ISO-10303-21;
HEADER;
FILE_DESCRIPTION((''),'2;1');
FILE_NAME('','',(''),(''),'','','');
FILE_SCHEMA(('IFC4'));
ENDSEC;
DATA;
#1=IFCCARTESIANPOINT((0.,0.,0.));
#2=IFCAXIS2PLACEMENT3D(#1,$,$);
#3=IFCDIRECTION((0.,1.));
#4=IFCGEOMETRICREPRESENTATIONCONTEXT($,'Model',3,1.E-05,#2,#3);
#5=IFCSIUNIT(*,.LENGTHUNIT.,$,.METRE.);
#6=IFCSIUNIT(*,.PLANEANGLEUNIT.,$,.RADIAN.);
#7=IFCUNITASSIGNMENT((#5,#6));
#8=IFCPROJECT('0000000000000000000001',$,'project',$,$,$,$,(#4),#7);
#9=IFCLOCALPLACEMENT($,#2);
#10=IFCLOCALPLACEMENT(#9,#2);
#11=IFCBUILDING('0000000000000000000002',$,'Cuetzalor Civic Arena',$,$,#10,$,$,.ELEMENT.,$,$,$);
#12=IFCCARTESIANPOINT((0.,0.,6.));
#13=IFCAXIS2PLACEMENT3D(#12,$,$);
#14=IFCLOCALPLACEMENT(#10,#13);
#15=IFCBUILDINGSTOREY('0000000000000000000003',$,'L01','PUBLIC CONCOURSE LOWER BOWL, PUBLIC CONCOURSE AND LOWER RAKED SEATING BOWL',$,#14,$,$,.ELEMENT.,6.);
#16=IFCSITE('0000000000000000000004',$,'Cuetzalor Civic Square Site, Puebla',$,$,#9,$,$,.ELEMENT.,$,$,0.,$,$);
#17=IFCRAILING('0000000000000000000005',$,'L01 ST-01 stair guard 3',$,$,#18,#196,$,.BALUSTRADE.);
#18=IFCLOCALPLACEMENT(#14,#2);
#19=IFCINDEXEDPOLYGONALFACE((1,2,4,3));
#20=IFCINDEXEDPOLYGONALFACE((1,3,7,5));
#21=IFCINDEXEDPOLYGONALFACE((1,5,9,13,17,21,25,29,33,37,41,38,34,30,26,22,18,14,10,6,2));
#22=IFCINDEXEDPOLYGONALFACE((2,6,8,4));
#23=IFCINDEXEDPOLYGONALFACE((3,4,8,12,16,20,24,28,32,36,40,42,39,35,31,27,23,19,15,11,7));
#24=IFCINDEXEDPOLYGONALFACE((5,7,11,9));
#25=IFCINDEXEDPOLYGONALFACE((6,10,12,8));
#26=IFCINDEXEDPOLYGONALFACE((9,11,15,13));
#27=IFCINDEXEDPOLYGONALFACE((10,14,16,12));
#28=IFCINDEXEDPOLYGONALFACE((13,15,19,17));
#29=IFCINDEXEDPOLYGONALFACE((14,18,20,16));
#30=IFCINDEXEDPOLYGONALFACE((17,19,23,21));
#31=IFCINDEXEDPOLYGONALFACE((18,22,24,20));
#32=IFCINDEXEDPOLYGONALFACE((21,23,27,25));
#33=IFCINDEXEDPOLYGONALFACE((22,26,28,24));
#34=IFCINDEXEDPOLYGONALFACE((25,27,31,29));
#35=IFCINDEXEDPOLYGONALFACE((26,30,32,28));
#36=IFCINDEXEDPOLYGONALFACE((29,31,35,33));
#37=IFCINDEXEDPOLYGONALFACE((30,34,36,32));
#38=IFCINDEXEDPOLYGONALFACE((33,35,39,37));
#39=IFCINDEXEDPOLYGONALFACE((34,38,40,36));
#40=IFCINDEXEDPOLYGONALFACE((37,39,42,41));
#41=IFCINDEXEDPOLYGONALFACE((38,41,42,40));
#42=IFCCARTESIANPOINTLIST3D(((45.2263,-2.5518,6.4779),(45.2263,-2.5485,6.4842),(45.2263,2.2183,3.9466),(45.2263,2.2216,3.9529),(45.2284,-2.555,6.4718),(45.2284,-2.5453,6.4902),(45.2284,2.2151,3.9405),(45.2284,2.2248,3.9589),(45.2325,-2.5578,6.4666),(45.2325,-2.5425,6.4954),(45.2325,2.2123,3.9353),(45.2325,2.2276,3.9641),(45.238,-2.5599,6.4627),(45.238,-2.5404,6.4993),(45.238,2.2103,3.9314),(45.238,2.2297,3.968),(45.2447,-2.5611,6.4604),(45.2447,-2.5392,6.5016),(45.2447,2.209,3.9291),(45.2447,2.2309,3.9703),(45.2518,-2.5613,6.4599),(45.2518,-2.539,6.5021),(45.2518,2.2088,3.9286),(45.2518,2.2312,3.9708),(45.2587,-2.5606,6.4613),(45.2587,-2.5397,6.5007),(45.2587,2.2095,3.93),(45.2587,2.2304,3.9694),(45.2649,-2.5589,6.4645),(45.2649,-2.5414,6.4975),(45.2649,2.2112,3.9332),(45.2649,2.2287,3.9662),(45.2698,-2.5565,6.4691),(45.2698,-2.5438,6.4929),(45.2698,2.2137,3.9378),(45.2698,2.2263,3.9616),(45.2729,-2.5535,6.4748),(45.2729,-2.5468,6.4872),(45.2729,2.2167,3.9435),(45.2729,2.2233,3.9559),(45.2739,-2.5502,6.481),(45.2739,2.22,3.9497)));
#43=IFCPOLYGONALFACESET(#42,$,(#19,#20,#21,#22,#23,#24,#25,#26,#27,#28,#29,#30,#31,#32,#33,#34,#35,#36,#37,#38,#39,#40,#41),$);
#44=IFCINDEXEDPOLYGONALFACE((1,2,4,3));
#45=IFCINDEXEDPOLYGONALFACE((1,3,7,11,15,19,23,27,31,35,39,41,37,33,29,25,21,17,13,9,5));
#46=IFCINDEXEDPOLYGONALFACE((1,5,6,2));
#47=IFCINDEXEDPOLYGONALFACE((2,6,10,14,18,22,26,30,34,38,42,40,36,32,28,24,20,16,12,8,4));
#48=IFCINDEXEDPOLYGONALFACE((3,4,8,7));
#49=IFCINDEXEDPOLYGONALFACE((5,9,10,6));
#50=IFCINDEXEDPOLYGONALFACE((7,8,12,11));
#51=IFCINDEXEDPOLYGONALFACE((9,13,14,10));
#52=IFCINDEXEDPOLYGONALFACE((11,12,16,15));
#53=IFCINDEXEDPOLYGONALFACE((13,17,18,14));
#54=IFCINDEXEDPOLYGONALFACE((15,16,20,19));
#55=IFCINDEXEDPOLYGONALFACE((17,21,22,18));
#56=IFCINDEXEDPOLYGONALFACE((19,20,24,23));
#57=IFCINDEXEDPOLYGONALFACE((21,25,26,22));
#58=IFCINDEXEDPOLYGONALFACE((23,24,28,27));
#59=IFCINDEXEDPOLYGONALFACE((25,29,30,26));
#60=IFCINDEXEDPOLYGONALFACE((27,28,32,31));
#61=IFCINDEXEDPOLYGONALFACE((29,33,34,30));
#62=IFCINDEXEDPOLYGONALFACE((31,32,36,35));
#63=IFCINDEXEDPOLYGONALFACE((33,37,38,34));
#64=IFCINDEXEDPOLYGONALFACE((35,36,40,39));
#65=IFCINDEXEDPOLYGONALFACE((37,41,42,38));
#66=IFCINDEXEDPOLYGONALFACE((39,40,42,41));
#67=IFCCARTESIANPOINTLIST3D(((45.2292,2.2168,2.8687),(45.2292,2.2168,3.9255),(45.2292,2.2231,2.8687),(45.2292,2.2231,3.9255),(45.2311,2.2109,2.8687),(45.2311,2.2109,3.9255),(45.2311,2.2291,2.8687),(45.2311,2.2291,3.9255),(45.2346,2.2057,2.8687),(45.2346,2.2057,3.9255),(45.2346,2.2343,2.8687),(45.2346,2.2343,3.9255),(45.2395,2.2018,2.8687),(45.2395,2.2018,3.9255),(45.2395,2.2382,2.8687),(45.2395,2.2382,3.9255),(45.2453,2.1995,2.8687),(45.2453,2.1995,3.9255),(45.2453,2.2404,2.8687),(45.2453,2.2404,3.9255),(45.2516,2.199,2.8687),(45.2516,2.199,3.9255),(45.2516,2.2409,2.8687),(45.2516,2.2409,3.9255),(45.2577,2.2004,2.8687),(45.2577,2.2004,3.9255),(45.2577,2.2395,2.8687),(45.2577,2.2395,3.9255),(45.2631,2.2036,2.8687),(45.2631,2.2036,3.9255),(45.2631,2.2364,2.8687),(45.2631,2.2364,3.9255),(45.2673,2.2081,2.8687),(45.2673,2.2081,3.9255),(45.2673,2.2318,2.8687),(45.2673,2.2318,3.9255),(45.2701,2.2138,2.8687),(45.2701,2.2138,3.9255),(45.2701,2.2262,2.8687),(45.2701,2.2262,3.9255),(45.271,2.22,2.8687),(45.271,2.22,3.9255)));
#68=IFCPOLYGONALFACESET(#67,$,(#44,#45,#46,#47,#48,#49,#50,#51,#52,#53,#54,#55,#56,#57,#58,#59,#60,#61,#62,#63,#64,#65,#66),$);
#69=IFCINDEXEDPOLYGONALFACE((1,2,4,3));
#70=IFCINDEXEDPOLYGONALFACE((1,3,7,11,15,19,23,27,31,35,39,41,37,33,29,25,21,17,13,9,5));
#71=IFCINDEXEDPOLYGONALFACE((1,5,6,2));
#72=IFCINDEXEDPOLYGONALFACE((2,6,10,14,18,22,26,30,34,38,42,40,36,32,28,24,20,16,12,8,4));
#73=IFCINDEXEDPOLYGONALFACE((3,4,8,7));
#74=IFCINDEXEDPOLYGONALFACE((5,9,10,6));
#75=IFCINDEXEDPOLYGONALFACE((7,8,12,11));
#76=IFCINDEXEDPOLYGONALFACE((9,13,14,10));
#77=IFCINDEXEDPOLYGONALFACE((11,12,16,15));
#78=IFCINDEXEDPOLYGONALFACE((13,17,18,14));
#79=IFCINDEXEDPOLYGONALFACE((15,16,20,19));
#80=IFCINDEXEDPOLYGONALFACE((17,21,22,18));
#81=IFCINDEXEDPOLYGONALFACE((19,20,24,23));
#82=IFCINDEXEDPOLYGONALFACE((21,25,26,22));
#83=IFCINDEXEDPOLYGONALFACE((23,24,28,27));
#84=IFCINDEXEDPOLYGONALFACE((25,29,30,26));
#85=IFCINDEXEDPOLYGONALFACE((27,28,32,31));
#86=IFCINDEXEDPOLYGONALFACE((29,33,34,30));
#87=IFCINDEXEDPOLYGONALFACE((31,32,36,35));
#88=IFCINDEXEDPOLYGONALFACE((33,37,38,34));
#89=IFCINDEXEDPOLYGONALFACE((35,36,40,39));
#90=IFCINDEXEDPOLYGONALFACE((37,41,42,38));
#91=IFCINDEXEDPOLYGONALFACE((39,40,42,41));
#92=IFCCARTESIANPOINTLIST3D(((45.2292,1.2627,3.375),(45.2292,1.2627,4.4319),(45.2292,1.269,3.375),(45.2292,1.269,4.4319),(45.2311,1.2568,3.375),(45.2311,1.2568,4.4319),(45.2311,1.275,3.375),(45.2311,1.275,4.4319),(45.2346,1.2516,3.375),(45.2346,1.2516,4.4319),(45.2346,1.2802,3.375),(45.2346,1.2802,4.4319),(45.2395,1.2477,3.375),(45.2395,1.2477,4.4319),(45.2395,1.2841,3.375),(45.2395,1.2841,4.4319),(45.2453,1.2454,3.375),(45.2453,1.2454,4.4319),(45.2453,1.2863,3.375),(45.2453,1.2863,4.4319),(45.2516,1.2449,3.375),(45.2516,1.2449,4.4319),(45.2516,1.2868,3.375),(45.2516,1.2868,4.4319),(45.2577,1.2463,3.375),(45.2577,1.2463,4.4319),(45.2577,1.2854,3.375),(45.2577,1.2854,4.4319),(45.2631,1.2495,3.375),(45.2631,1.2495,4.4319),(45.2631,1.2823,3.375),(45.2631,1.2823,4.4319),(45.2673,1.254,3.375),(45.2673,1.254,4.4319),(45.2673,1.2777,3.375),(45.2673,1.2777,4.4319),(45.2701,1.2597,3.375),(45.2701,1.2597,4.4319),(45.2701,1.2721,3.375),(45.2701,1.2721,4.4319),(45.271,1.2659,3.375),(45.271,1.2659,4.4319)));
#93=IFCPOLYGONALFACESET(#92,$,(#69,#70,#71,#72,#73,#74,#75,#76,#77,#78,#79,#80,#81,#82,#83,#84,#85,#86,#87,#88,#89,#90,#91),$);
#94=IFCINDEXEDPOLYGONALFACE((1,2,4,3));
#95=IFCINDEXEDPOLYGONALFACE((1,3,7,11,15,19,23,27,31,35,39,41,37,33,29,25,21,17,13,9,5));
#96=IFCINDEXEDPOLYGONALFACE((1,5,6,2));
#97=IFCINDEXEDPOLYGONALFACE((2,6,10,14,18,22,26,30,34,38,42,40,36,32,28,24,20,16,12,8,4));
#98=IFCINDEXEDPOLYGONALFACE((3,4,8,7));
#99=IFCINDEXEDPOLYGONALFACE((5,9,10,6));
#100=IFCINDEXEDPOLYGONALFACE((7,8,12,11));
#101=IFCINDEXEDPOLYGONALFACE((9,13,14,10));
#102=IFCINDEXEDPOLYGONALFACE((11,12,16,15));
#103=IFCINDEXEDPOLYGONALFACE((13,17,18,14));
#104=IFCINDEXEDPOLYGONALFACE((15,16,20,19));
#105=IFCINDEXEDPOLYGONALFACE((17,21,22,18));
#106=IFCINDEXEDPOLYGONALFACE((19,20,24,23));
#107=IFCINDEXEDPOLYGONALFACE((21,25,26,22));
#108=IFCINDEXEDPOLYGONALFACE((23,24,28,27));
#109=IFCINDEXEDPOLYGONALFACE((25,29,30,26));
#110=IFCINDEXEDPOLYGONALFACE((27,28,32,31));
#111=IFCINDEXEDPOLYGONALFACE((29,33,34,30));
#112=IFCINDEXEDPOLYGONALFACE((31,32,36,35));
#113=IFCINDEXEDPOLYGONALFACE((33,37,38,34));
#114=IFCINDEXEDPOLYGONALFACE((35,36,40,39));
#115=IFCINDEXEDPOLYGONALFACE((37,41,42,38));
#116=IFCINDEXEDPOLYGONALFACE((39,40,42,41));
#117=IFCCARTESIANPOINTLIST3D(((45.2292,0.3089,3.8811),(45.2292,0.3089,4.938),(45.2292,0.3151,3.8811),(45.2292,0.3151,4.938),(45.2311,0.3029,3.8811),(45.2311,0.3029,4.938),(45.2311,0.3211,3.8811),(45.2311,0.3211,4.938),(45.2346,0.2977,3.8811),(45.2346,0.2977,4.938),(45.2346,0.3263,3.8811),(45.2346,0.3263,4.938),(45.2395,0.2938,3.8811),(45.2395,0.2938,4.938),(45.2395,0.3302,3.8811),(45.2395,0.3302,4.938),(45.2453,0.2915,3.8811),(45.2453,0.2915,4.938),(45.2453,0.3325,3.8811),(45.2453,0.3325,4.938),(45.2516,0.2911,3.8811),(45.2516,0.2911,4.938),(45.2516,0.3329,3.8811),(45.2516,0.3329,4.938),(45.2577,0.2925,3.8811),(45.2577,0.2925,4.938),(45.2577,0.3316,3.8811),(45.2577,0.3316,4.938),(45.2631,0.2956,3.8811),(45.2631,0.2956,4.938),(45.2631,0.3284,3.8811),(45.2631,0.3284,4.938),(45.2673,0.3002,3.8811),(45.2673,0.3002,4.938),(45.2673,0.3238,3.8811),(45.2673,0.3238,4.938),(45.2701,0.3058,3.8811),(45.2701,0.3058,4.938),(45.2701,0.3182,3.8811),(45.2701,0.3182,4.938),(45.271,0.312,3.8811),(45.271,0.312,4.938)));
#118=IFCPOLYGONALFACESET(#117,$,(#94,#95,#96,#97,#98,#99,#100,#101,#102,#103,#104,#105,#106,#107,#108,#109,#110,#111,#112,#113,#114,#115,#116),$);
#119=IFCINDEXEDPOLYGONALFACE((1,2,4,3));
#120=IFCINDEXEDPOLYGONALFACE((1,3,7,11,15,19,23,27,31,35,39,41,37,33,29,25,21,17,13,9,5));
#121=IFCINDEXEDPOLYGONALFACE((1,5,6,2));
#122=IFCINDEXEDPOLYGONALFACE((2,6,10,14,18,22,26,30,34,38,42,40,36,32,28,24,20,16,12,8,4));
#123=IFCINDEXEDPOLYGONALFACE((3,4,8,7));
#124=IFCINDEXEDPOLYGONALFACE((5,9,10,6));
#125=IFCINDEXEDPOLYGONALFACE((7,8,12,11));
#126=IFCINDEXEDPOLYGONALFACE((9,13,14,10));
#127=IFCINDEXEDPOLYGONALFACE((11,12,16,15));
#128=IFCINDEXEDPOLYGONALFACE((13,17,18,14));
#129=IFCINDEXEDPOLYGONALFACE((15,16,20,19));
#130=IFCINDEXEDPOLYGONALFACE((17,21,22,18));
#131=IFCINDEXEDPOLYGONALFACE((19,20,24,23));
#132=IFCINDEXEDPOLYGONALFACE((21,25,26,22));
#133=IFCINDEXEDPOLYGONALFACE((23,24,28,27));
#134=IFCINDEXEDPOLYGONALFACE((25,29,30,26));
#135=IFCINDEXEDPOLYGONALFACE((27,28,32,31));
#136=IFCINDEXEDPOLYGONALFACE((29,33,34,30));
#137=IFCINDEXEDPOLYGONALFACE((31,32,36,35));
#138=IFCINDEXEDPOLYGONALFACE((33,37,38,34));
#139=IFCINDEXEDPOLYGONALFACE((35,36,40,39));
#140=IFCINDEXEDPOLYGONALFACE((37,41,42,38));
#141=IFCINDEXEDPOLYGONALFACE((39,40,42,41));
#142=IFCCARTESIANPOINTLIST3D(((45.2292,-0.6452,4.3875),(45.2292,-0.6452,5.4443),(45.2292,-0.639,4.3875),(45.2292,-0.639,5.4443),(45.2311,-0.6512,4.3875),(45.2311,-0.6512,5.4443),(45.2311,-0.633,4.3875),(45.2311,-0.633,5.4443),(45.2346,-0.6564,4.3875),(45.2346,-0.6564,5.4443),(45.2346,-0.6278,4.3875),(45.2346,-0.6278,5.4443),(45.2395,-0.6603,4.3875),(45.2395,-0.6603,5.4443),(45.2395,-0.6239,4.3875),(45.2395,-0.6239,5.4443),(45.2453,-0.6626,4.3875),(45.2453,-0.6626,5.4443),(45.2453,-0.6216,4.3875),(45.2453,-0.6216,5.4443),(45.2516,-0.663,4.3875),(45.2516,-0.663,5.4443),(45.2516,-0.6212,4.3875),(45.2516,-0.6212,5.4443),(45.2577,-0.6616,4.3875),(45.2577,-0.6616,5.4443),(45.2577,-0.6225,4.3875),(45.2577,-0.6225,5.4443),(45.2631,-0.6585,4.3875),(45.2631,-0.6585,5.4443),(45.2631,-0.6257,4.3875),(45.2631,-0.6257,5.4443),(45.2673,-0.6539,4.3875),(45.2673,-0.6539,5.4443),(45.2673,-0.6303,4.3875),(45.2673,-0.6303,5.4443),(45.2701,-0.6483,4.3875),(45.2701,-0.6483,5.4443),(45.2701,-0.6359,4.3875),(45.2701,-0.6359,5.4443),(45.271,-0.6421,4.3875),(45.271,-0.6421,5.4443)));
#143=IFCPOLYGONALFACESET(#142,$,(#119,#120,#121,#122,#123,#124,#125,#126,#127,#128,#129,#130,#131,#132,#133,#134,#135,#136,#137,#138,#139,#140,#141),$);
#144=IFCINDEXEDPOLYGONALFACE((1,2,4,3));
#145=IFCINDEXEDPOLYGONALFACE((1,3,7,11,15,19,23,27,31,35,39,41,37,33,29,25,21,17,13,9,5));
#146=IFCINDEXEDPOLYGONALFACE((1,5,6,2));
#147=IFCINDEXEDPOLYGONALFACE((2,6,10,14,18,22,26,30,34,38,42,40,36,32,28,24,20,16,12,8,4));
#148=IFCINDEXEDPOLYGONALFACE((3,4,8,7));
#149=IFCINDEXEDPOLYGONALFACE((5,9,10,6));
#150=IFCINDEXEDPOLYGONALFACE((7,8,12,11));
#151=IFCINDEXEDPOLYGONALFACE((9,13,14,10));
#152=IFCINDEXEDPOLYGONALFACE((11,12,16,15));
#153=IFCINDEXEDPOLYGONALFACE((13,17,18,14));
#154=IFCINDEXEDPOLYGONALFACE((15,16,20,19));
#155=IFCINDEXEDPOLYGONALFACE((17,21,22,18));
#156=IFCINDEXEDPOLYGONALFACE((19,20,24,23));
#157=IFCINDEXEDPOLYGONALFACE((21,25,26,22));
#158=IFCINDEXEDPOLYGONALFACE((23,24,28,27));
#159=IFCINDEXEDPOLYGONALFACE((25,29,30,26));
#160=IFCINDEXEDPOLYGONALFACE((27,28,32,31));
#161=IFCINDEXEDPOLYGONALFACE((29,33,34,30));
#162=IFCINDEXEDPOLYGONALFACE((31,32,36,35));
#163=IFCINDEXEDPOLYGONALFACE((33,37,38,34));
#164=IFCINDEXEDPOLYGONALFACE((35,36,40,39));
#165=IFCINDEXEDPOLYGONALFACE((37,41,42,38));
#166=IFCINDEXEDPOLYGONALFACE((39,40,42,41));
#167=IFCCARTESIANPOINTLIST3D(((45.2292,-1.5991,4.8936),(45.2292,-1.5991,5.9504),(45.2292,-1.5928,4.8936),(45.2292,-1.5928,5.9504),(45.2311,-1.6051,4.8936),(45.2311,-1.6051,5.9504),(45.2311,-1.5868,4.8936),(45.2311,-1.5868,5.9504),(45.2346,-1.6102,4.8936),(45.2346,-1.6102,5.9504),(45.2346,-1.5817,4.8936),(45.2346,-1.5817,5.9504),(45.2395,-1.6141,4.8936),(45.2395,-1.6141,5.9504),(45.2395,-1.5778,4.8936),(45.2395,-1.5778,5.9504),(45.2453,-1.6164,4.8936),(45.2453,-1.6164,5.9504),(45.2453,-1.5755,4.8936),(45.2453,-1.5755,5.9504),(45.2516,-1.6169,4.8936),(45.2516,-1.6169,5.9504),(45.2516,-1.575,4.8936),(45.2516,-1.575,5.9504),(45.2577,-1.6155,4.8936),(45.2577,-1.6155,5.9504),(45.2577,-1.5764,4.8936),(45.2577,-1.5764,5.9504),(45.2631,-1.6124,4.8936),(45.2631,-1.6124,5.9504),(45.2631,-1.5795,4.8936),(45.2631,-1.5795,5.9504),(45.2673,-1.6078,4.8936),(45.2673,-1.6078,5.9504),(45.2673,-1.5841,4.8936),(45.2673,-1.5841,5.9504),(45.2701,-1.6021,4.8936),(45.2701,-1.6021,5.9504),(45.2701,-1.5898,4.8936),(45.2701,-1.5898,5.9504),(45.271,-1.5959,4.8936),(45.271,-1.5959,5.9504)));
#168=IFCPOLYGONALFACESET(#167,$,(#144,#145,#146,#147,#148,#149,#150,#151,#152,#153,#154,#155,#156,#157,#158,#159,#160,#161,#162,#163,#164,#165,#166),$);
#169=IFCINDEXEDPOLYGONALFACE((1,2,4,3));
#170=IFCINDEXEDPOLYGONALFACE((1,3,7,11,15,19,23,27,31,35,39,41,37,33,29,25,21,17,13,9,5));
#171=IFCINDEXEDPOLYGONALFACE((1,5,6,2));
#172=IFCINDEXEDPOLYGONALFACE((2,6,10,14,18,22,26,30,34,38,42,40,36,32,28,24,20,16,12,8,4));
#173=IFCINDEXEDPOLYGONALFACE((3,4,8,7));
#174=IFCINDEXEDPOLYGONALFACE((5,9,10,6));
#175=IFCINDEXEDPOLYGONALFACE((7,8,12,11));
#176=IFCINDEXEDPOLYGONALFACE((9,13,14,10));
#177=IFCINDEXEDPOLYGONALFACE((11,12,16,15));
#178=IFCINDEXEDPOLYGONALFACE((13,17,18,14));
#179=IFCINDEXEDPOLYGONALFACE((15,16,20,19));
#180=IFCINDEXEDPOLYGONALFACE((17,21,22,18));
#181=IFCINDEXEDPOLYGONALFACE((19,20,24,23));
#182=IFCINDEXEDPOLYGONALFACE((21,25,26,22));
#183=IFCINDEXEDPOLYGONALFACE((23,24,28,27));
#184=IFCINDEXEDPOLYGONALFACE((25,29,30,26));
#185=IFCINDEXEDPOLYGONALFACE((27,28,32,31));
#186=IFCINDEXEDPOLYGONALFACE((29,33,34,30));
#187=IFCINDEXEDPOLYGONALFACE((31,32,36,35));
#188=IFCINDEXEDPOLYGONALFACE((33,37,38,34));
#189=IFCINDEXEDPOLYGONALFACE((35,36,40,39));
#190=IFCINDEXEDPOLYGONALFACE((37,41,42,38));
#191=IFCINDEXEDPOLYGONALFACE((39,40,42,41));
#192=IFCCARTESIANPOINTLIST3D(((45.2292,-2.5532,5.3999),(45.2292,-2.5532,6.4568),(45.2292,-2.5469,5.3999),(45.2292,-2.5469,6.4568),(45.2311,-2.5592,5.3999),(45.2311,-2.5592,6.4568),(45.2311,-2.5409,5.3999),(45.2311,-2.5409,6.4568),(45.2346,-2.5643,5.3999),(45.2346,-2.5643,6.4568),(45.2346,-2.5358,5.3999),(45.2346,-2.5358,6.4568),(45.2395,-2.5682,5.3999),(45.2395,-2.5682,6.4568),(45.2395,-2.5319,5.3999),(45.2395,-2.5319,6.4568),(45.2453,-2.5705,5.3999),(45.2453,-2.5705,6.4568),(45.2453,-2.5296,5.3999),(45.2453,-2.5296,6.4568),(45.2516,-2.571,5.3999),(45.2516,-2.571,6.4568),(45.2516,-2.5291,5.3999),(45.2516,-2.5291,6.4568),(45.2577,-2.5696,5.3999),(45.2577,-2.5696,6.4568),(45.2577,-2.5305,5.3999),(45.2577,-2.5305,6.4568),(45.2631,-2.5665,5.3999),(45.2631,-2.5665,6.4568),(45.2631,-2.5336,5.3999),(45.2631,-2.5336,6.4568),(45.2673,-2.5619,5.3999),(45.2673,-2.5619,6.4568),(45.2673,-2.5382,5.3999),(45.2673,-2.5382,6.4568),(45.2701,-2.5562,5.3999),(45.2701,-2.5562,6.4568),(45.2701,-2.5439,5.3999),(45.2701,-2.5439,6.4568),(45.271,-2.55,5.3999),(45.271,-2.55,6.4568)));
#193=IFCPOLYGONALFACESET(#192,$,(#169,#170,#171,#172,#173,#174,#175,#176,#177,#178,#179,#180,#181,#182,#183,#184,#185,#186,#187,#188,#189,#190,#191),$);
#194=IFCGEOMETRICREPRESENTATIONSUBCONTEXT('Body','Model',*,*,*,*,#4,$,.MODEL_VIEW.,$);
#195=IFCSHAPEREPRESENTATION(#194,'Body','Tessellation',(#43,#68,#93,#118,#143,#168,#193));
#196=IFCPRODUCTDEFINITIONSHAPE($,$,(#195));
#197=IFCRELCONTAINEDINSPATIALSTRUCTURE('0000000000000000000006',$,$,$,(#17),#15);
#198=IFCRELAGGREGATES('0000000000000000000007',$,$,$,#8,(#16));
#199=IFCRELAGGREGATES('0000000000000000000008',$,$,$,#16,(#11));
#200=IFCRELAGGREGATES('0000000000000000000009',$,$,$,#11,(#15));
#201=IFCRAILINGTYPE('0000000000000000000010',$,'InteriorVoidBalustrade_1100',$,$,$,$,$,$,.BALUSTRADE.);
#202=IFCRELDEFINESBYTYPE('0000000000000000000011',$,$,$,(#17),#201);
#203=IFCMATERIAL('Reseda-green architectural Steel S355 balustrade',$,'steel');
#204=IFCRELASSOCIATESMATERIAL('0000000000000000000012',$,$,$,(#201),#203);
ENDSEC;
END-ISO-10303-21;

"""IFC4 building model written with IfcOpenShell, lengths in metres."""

from ifc_helpers import new_model, si_unit, direction, frame, origin, origin_2d, place, context, subcontext, project, spatial, circle, extrude, material, type_object, element, save


model = new_model("IFC4")

# Units and contexts
model_context = context("Model", 3, precision=1e-05, world=origin(), true_north=direction((0.0, 1.0)))
body_context = subcontext(model_context, "Body", "Model", "MODEL_VIEW")
ifc_project = project(units=[si_unit("LENGTHUNIT", "METRE"), si_unit("PLANEANGLEUNIT", "RADIAN")], contexts=[model_context])

# Site, building, storey
site_placement = place(None, origin())
site = spatial("IfcSite", under=ifc_project, at=site_placement, Name="Cuetzalor Civic Square Site, Puebla", CompositionType="ELEMENT", RefElevation=0.0)
building_placement = place(site_placement, origin())
building = spatial("IfcBuilding", under=site, at=building_placement, Name="Cuetzalor Civic Arena", CompositionType="ELEMENT")
storey_placement = place(building_placement, frame((0.0, 0.0, 6.0)))
storey = spatial("IfcBuildingStorey", under=building, at=storey_placement, Name="L01", Description="PUBLIC CONCOURSE LOWER BOWL, PUBLIC CONCOURSE AND LOWER RAKED SEATING BOWL", CompositionType="ELEMENT", Elevation=6.0)

# Railing
ifc_material_1 = material(Name="Reseda-green architectural Steel S355 balustrade", Category="steel")
railing_type_1 = type_object("IfcRailingType", Name="InteriorVoidBalustrade_1100", PredefinedType="BALUSTRADE", material=ifc_material_1)
railing_1_placement = place(storey_placement, frame((45.25, 2.22, 2.8687)))
element("IfcRailing", 1, at=railing_1_placement, inside=storey, type_object=railing_type_1, Name="L01 ST-01 stair guard 3", PredefinedType="BALUSTRADE", context=body_context, shape_type="SweptSolid", body=[
    extrude(circle(Radius=0.0239, at=origin_2d()), frame((0.0, 0.0, 1.0811), z_axis=(0.0, -0.883332, 0.468747), x_axis=(1.0, 0.0, 0.0)), (0.0, 0.0, 1.0), 5.4001),
    extrude(circle(Radius=0.021, at=origin_2d()), origin(), (0.0, 0.0, 1.0), 1.0569),
    extrude(circle(Radius=0.021, at=origin_2d()), frame((0.0, -0.9541, 0.5063)), (0.0, 0.0, 1.0), 1.0569),
    extrude(circle(Radius=0.021, at=origin_2d()), frame((0.0, -1.908, 1.0125)), (0.0, 0.0, 1.0), 1.0569),
    extrude(circle(Radius=0.021, at=origin_2d()), frame((0.0, -2.8621, 1.5188)), (0.0, 0.0, 1.0), 1.0569),
    extrude(circle(Radius=0.021, at=origin_2d()), frame((0.0, -3.8159, 2.0249)), (0.0, 0.0, 1.0), 1.0569),
    extrude(circle(Radius=0.021, at=origin_2d()), frame((0.0, -4.77, 2.5312)), (0.0, 0.0, 1.0), 1.0569),
])

save(model, "model.ifc")
